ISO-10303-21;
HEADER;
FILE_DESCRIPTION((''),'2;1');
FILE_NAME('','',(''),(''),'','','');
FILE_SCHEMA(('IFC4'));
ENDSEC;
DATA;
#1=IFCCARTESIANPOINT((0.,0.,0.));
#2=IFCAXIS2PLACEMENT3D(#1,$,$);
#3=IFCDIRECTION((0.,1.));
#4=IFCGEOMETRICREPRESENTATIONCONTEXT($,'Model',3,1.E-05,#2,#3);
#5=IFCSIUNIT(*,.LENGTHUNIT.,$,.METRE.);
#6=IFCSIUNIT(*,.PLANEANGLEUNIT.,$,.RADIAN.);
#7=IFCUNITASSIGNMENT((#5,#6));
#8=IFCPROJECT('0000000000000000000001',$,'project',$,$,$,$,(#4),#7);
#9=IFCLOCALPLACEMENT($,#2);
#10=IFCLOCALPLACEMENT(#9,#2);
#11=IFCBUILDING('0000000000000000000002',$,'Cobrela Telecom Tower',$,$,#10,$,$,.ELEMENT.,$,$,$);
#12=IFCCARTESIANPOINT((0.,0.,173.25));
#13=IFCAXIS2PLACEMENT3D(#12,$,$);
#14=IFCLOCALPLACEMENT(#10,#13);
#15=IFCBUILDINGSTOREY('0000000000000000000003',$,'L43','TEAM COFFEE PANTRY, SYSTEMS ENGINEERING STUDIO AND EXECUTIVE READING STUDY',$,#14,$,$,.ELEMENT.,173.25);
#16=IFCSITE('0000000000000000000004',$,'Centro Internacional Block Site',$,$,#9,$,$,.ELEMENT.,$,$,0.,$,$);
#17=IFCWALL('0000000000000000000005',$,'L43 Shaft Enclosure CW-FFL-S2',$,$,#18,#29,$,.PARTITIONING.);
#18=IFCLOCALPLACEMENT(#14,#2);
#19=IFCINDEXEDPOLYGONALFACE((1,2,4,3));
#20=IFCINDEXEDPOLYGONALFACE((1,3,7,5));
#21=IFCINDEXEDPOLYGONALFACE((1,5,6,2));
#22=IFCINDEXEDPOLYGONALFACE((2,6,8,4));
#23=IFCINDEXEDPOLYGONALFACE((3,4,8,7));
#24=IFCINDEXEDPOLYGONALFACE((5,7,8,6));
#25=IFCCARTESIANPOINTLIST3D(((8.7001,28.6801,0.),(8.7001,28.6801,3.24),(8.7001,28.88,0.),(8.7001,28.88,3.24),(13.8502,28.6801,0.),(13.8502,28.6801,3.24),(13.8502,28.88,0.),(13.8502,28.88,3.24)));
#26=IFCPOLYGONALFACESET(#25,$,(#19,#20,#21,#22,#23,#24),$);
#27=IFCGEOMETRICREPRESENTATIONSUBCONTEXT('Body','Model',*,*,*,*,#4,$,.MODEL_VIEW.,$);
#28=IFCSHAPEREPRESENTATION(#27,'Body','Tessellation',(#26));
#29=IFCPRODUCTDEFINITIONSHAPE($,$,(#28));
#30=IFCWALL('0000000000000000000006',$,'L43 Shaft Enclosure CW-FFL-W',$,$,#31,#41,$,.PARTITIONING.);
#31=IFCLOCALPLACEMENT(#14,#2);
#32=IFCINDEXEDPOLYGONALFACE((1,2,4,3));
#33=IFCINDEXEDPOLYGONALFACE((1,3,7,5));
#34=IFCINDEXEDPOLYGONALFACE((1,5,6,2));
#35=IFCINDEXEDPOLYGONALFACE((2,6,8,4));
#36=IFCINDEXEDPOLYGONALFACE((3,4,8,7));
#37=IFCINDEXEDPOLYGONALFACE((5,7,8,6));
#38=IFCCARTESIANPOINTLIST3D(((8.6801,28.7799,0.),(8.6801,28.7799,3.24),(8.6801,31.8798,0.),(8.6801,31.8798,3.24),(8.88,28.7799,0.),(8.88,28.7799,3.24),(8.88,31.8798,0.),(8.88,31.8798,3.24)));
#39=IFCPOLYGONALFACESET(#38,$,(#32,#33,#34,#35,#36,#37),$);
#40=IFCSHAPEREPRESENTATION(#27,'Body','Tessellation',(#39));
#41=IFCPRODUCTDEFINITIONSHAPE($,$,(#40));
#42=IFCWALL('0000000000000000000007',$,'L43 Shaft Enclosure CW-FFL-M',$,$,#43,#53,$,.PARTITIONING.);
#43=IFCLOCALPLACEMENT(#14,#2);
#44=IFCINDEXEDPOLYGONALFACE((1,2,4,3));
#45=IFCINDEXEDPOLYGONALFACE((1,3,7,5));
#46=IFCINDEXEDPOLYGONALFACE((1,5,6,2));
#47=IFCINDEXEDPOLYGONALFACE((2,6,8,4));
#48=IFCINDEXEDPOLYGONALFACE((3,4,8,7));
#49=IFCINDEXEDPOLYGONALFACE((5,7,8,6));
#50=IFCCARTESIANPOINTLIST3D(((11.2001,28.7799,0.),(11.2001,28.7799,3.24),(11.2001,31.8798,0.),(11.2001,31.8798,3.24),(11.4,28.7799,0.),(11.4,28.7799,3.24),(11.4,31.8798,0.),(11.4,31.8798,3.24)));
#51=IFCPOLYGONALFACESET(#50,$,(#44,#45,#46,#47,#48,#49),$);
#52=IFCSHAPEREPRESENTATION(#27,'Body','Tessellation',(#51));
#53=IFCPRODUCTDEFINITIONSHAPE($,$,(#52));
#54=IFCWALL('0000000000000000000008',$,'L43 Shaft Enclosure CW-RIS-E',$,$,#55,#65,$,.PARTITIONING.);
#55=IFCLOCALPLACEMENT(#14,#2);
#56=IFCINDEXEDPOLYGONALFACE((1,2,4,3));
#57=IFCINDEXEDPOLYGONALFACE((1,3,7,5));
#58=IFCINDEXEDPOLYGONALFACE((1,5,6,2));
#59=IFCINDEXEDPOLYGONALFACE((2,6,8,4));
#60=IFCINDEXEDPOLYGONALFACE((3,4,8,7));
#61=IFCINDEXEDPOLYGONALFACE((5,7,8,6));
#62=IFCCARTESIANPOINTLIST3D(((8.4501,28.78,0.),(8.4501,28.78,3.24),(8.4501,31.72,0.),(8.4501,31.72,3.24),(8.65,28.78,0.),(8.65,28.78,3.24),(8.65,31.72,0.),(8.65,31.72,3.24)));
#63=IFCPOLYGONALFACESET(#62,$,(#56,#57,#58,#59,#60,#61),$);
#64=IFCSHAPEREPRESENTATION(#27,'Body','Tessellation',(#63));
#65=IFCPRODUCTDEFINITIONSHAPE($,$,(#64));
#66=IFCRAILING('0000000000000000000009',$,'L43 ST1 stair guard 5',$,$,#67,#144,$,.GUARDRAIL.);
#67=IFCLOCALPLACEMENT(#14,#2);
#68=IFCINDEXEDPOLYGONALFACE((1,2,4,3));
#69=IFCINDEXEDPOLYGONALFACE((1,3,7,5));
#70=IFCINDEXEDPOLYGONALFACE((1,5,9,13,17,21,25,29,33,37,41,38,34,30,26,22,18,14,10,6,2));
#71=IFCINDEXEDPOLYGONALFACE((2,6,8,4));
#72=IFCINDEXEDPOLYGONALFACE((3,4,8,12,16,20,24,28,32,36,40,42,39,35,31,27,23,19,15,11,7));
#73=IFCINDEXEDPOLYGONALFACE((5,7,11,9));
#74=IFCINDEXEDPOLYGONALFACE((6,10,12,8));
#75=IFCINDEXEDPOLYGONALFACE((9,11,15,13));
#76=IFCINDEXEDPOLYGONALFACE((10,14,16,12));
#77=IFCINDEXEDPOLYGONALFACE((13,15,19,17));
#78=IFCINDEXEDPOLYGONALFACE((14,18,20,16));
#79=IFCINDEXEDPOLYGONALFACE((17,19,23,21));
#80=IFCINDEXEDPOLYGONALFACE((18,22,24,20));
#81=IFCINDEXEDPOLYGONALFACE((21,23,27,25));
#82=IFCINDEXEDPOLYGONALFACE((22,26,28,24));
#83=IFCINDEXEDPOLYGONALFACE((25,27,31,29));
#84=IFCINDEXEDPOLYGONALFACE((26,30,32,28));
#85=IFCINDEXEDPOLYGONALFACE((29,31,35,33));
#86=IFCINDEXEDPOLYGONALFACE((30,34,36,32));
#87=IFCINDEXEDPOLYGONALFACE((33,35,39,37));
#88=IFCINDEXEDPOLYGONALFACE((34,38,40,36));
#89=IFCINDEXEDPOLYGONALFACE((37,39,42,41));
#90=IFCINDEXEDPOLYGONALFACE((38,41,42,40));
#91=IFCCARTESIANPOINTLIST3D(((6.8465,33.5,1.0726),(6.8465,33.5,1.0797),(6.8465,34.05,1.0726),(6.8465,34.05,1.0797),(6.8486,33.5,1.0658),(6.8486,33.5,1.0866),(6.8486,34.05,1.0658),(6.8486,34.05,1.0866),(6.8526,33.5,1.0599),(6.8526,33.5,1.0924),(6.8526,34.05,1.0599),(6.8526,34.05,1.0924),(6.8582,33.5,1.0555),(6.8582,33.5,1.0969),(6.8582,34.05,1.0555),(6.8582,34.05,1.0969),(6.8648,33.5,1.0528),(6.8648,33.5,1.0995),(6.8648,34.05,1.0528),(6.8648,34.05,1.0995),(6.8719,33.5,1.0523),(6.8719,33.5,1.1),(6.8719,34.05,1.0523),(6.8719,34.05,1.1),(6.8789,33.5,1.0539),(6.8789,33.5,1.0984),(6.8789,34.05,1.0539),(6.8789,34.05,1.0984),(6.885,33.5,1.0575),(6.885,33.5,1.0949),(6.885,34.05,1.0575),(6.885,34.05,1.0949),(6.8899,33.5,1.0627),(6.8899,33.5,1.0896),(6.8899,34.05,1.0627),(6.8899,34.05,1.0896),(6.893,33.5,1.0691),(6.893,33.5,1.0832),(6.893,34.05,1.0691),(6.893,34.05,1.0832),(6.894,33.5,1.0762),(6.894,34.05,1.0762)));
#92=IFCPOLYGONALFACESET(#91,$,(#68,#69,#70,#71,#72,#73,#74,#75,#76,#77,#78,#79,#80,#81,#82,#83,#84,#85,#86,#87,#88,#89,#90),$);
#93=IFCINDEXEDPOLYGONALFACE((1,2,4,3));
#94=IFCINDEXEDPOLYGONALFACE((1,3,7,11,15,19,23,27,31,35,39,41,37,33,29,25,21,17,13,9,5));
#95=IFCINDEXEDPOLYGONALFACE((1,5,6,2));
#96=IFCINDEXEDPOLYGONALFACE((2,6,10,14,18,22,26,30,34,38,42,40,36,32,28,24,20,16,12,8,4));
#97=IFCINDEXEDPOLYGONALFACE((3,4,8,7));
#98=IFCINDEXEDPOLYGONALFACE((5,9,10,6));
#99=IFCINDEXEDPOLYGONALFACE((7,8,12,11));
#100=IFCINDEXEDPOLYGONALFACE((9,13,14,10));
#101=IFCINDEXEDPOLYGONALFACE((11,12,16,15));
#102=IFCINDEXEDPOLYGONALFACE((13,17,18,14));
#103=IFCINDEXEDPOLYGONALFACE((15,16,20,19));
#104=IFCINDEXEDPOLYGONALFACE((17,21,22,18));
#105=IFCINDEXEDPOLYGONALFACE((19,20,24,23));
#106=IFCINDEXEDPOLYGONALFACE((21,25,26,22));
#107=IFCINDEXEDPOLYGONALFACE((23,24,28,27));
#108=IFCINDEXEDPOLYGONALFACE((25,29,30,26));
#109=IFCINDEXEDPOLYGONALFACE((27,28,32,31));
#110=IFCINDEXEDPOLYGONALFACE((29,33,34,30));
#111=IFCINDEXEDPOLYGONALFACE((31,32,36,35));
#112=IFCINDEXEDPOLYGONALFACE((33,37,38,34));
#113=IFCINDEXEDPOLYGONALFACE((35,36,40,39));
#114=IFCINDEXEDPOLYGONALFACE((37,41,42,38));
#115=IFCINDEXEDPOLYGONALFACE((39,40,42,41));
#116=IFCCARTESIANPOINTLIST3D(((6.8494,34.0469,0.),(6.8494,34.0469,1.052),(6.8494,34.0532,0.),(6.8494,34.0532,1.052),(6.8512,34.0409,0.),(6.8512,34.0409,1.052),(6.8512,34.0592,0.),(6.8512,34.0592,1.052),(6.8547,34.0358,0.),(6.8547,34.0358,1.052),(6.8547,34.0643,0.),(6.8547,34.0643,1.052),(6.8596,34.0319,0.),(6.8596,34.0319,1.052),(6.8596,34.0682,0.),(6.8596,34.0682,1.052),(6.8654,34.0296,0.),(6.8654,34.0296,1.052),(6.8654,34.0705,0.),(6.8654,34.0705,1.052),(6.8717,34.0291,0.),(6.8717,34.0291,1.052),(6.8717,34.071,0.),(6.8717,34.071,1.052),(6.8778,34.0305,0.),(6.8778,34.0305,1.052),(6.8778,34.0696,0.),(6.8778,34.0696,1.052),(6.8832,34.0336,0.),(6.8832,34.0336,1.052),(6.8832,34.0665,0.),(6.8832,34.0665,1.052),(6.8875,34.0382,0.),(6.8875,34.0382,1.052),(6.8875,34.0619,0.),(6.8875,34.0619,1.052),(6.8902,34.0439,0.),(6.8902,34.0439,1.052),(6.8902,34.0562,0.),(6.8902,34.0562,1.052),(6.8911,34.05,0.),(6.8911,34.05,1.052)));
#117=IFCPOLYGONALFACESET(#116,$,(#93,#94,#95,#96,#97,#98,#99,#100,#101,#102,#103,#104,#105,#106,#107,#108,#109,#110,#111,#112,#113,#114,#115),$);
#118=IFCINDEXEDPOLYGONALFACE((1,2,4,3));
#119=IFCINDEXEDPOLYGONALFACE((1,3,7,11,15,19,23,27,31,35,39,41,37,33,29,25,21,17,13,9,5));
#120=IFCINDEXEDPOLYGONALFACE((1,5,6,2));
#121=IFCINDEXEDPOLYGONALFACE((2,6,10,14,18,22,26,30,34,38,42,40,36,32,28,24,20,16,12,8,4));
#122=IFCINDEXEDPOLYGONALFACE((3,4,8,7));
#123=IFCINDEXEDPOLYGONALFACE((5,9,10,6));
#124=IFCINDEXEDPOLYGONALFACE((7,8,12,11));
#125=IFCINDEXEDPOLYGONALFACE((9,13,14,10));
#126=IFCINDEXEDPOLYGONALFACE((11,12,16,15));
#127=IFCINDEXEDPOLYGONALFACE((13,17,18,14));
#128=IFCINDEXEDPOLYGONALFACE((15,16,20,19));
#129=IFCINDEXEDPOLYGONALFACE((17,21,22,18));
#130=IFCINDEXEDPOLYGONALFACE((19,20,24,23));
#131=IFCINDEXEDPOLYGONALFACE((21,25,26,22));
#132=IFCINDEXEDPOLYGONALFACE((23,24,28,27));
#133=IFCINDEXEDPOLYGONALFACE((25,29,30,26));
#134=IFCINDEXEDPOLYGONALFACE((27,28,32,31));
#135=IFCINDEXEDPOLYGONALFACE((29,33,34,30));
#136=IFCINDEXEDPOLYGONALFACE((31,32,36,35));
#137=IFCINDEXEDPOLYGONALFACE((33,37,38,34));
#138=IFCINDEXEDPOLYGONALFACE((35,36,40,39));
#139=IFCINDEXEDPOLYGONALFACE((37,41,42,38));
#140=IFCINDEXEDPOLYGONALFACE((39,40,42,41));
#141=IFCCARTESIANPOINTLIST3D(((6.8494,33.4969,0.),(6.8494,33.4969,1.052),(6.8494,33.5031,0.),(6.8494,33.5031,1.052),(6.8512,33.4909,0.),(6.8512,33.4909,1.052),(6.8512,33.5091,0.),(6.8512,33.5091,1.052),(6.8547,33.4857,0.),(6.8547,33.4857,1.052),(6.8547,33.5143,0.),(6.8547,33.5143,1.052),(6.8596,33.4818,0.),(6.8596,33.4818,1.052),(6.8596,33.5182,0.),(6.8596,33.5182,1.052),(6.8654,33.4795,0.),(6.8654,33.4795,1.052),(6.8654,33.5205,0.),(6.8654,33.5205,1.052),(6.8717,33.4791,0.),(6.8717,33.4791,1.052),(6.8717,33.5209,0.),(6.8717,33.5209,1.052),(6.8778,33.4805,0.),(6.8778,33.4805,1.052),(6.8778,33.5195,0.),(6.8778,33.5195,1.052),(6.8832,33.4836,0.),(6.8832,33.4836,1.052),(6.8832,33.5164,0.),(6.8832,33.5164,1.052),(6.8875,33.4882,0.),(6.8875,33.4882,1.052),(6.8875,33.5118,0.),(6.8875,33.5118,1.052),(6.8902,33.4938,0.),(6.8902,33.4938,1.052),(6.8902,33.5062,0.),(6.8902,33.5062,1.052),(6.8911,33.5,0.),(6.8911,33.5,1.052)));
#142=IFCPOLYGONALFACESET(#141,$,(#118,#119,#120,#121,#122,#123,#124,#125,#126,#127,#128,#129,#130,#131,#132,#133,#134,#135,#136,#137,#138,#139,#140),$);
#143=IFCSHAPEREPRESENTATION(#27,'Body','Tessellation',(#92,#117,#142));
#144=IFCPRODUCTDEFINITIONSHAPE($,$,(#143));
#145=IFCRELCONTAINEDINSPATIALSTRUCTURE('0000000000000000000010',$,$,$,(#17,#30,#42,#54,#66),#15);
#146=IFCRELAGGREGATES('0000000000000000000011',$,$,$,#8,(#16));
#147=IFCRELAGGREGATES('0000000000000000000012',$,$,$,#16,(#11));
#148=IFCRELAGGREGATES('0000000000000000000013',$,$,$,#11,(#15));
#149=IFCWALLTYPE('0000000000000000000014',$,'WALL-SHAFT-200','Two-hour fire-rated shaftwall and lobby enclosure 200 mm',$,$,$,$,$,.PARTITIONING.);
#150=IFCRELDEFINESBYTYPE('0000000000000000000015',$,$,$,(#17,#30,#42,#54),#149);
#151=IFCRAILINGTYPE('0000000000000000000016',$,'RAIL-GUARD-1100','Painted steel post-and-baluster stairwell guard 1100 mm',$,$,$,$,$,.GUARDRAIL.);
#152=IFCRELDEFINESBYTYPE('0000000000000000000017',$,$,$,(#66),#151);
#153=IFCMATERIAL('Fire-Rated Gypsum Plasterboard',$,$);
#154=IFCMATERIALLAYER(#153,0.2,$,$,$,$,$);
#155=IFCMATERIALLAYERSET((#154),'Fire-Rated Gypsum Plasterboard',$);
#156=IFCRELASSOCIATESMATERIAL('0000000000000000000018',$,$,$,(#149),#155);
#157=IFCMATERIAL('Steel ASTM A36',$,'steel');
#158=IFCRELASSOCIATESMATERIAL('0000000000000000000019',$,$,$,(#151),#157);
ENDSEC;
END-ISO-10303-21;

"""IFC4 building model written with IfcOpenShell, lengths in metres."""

from ifc_helpers import new_model, si_unit, direction, frame, frame_2d, origin, origin_2d, place, context, subcontext, project, spatial, rectangle, circle, extrude, material, layer, layer_set, type_object, element, save


model = new_model("IFC4")

# Units and contexts
model_context = context("Model", 3, precision=1e-05, world=origin(), true_north=direction((0.0, 1.0)))
body_context = subcontext(model_context, "Body", "Model", "MODEL_VIEW")
ifc_project = project(units=[si_unit("LENGTHUNIT", "METRE"), si_unit("PLANEANGLEUNIT", "RADIAN")], contexts=[model_context])

# Site, building, storey
site_placement = place(None, origin())
site = spatial("IfcSite", under=ifc_project, at=site_placement, Name="Centro Internacional Block Site", CompositionType="ELEMENT", RefElevation=0.0)
building_placement = place(site_placement, origin())
building = spatial("IfcBuilding", under=site, at=building_placement, Name="Cobrela Telecom Tower", CompositionType="ELEMENT")
storey_placement = place(building_placement, frame((0.0, 0.0, 173.25)))
storey = spatial("IfcBuildingStorey", under=building, at=storey_placement, Name="L43", Description="TEAM COFFEE PANTRY, SYSTEMS ENGINEERING STUDIO AND EXECUTIVE READING STUDY", CompositionType="ELEMENT", Elevation=173.25)

# Shared definitions
ifc_material_1 = material(Name="Steel ASTM A36", Category="steel")

# Shared definitions
ifc_material_2 = material(Name="Fire-Rated Gypsum Plasterboard")

# Shared definitions
ifc_layer_1 = layer(ifc_material_2, 0.2)
ifc_layer_set_1 = layer_set([ifc_layer_1], Name="Fire-Rated Gypsum Plasterboard")
wall_type_1 = type_object("IfcWallType", Name="WALL-SHAFT-200", Description="Two-hour fire-rated shaftwall and lobby enclosure 200 mm", PredefinedType="PARTITIONING", material=ifc_layer_set_1)

# Walls
wall_1_placement = place(storey_placement, frame((8.7, 28.78, 0.0), z_axis=(0.0, 0.0, 1.0), x_axis=(1.0, 0.0, 0.0)))
element("IfcWall", 1, at=wall_1_placement, inside=storey, type_object=wall_type_1, Name="L43 Shaft Enclosure CW-FFL-S2", PredefinedType="PARTITIONING", context=body_context, shape_type="SweptSolid", body=[
    extrude(rectangle(XDim=5.1501, YDim=0.2, at=frame_2d((2.5752, 0.0))), origin(), (0.0, 0.0, 1.0), 3.24),
])
for number, where, z_axis, x_axis, name in (
    (2, (8.78, 28.78, 0.0), (0.0, 0.0, 1.0), (0.0, 1.0, 0.0), "L43 Shaft Enclosure CW-FFL-W"),
    (3, (11.3, 28.78, 0.0), (0.0, 0.0, 1.0), (0.0, 1.0, 0.0), "L43 Shaft Enclosure CW-FFL-M"),
):
    element("IfcWall", number, at=place(storey_placement, frame(where, z_axis=z_axis, x_axis=x_axis)), inside=storey, type_object=wall_type_1, Name=name, PredefinedType="PARTITIONING", context=body_context, shape_type="SweptSolid", body=[
        extrude(rectangle(XDim=3.0999, YDim=0.2, at=frame_2d((1.5498, 0.0))), origin(), (0.0, 0.0, 1.0), 3.24),
    ])
wall_2_placement = place(storey_placement, frame((8.55, 28.78, 0.0), z_axis=(0.0, 0.0, 1.0), x_axis=(0.0, 1.0, 0.0)))
element("IfcWall", 4, at=wall_2_placement, inside=storey, type_object=wall_type_1, Name="L43 Shaft Enclosure CW-RIS-E", PredefinedType="PARTITIONING", context=body_context, shape_type="SweptSolid", body=[
    extrude(rectangle(XDim=2.9399, YDim=0.2, at=frame_2d((1.47, 0.0))), origin(), (0.0, 0.0, 1.0), 3.24),
])

# Railing
railing_type = type_object("IfcRailingType", Name="RAIL-GUARD-1100", Description="Painted steel post-and-baluster stairwell guard 1100 mm", PredefinedType="GUARDRAIL", material=ifc_material_1)
railing_placement = place(storey_placement, frame((6.8701, 34.05, 0.0)))
element("IfcRailing", 5, at=railing_placement, inside=storey, type_object=railing_type, Name="L43 ST1 stair guard 5", PredefinedType="GUARDRAIL", context=body_context, shape_type="SweptSolid", body=[
    extrude(circle(Radius=0.0239, at=origin_2d()), frame((0.0, 0.0, 1.0762), z_axis=(0.0, -1.0, 0.0), x_axis=(1.0, 0.0, 0.0)), (0.0, 0.0, 1.0), 0.55),
    extrude(circle(Radius=0.021, at=origin_2d()), origin(), (0.0, 0.0, 1.0), 1.052),
    extrude(circle(Radius=0.021, at=origin_2d()), frame((0.0, -0.55, 0.0)), (0.0, 0.0, 1.0), 1.052),
])

save(model, "model.ifc")
